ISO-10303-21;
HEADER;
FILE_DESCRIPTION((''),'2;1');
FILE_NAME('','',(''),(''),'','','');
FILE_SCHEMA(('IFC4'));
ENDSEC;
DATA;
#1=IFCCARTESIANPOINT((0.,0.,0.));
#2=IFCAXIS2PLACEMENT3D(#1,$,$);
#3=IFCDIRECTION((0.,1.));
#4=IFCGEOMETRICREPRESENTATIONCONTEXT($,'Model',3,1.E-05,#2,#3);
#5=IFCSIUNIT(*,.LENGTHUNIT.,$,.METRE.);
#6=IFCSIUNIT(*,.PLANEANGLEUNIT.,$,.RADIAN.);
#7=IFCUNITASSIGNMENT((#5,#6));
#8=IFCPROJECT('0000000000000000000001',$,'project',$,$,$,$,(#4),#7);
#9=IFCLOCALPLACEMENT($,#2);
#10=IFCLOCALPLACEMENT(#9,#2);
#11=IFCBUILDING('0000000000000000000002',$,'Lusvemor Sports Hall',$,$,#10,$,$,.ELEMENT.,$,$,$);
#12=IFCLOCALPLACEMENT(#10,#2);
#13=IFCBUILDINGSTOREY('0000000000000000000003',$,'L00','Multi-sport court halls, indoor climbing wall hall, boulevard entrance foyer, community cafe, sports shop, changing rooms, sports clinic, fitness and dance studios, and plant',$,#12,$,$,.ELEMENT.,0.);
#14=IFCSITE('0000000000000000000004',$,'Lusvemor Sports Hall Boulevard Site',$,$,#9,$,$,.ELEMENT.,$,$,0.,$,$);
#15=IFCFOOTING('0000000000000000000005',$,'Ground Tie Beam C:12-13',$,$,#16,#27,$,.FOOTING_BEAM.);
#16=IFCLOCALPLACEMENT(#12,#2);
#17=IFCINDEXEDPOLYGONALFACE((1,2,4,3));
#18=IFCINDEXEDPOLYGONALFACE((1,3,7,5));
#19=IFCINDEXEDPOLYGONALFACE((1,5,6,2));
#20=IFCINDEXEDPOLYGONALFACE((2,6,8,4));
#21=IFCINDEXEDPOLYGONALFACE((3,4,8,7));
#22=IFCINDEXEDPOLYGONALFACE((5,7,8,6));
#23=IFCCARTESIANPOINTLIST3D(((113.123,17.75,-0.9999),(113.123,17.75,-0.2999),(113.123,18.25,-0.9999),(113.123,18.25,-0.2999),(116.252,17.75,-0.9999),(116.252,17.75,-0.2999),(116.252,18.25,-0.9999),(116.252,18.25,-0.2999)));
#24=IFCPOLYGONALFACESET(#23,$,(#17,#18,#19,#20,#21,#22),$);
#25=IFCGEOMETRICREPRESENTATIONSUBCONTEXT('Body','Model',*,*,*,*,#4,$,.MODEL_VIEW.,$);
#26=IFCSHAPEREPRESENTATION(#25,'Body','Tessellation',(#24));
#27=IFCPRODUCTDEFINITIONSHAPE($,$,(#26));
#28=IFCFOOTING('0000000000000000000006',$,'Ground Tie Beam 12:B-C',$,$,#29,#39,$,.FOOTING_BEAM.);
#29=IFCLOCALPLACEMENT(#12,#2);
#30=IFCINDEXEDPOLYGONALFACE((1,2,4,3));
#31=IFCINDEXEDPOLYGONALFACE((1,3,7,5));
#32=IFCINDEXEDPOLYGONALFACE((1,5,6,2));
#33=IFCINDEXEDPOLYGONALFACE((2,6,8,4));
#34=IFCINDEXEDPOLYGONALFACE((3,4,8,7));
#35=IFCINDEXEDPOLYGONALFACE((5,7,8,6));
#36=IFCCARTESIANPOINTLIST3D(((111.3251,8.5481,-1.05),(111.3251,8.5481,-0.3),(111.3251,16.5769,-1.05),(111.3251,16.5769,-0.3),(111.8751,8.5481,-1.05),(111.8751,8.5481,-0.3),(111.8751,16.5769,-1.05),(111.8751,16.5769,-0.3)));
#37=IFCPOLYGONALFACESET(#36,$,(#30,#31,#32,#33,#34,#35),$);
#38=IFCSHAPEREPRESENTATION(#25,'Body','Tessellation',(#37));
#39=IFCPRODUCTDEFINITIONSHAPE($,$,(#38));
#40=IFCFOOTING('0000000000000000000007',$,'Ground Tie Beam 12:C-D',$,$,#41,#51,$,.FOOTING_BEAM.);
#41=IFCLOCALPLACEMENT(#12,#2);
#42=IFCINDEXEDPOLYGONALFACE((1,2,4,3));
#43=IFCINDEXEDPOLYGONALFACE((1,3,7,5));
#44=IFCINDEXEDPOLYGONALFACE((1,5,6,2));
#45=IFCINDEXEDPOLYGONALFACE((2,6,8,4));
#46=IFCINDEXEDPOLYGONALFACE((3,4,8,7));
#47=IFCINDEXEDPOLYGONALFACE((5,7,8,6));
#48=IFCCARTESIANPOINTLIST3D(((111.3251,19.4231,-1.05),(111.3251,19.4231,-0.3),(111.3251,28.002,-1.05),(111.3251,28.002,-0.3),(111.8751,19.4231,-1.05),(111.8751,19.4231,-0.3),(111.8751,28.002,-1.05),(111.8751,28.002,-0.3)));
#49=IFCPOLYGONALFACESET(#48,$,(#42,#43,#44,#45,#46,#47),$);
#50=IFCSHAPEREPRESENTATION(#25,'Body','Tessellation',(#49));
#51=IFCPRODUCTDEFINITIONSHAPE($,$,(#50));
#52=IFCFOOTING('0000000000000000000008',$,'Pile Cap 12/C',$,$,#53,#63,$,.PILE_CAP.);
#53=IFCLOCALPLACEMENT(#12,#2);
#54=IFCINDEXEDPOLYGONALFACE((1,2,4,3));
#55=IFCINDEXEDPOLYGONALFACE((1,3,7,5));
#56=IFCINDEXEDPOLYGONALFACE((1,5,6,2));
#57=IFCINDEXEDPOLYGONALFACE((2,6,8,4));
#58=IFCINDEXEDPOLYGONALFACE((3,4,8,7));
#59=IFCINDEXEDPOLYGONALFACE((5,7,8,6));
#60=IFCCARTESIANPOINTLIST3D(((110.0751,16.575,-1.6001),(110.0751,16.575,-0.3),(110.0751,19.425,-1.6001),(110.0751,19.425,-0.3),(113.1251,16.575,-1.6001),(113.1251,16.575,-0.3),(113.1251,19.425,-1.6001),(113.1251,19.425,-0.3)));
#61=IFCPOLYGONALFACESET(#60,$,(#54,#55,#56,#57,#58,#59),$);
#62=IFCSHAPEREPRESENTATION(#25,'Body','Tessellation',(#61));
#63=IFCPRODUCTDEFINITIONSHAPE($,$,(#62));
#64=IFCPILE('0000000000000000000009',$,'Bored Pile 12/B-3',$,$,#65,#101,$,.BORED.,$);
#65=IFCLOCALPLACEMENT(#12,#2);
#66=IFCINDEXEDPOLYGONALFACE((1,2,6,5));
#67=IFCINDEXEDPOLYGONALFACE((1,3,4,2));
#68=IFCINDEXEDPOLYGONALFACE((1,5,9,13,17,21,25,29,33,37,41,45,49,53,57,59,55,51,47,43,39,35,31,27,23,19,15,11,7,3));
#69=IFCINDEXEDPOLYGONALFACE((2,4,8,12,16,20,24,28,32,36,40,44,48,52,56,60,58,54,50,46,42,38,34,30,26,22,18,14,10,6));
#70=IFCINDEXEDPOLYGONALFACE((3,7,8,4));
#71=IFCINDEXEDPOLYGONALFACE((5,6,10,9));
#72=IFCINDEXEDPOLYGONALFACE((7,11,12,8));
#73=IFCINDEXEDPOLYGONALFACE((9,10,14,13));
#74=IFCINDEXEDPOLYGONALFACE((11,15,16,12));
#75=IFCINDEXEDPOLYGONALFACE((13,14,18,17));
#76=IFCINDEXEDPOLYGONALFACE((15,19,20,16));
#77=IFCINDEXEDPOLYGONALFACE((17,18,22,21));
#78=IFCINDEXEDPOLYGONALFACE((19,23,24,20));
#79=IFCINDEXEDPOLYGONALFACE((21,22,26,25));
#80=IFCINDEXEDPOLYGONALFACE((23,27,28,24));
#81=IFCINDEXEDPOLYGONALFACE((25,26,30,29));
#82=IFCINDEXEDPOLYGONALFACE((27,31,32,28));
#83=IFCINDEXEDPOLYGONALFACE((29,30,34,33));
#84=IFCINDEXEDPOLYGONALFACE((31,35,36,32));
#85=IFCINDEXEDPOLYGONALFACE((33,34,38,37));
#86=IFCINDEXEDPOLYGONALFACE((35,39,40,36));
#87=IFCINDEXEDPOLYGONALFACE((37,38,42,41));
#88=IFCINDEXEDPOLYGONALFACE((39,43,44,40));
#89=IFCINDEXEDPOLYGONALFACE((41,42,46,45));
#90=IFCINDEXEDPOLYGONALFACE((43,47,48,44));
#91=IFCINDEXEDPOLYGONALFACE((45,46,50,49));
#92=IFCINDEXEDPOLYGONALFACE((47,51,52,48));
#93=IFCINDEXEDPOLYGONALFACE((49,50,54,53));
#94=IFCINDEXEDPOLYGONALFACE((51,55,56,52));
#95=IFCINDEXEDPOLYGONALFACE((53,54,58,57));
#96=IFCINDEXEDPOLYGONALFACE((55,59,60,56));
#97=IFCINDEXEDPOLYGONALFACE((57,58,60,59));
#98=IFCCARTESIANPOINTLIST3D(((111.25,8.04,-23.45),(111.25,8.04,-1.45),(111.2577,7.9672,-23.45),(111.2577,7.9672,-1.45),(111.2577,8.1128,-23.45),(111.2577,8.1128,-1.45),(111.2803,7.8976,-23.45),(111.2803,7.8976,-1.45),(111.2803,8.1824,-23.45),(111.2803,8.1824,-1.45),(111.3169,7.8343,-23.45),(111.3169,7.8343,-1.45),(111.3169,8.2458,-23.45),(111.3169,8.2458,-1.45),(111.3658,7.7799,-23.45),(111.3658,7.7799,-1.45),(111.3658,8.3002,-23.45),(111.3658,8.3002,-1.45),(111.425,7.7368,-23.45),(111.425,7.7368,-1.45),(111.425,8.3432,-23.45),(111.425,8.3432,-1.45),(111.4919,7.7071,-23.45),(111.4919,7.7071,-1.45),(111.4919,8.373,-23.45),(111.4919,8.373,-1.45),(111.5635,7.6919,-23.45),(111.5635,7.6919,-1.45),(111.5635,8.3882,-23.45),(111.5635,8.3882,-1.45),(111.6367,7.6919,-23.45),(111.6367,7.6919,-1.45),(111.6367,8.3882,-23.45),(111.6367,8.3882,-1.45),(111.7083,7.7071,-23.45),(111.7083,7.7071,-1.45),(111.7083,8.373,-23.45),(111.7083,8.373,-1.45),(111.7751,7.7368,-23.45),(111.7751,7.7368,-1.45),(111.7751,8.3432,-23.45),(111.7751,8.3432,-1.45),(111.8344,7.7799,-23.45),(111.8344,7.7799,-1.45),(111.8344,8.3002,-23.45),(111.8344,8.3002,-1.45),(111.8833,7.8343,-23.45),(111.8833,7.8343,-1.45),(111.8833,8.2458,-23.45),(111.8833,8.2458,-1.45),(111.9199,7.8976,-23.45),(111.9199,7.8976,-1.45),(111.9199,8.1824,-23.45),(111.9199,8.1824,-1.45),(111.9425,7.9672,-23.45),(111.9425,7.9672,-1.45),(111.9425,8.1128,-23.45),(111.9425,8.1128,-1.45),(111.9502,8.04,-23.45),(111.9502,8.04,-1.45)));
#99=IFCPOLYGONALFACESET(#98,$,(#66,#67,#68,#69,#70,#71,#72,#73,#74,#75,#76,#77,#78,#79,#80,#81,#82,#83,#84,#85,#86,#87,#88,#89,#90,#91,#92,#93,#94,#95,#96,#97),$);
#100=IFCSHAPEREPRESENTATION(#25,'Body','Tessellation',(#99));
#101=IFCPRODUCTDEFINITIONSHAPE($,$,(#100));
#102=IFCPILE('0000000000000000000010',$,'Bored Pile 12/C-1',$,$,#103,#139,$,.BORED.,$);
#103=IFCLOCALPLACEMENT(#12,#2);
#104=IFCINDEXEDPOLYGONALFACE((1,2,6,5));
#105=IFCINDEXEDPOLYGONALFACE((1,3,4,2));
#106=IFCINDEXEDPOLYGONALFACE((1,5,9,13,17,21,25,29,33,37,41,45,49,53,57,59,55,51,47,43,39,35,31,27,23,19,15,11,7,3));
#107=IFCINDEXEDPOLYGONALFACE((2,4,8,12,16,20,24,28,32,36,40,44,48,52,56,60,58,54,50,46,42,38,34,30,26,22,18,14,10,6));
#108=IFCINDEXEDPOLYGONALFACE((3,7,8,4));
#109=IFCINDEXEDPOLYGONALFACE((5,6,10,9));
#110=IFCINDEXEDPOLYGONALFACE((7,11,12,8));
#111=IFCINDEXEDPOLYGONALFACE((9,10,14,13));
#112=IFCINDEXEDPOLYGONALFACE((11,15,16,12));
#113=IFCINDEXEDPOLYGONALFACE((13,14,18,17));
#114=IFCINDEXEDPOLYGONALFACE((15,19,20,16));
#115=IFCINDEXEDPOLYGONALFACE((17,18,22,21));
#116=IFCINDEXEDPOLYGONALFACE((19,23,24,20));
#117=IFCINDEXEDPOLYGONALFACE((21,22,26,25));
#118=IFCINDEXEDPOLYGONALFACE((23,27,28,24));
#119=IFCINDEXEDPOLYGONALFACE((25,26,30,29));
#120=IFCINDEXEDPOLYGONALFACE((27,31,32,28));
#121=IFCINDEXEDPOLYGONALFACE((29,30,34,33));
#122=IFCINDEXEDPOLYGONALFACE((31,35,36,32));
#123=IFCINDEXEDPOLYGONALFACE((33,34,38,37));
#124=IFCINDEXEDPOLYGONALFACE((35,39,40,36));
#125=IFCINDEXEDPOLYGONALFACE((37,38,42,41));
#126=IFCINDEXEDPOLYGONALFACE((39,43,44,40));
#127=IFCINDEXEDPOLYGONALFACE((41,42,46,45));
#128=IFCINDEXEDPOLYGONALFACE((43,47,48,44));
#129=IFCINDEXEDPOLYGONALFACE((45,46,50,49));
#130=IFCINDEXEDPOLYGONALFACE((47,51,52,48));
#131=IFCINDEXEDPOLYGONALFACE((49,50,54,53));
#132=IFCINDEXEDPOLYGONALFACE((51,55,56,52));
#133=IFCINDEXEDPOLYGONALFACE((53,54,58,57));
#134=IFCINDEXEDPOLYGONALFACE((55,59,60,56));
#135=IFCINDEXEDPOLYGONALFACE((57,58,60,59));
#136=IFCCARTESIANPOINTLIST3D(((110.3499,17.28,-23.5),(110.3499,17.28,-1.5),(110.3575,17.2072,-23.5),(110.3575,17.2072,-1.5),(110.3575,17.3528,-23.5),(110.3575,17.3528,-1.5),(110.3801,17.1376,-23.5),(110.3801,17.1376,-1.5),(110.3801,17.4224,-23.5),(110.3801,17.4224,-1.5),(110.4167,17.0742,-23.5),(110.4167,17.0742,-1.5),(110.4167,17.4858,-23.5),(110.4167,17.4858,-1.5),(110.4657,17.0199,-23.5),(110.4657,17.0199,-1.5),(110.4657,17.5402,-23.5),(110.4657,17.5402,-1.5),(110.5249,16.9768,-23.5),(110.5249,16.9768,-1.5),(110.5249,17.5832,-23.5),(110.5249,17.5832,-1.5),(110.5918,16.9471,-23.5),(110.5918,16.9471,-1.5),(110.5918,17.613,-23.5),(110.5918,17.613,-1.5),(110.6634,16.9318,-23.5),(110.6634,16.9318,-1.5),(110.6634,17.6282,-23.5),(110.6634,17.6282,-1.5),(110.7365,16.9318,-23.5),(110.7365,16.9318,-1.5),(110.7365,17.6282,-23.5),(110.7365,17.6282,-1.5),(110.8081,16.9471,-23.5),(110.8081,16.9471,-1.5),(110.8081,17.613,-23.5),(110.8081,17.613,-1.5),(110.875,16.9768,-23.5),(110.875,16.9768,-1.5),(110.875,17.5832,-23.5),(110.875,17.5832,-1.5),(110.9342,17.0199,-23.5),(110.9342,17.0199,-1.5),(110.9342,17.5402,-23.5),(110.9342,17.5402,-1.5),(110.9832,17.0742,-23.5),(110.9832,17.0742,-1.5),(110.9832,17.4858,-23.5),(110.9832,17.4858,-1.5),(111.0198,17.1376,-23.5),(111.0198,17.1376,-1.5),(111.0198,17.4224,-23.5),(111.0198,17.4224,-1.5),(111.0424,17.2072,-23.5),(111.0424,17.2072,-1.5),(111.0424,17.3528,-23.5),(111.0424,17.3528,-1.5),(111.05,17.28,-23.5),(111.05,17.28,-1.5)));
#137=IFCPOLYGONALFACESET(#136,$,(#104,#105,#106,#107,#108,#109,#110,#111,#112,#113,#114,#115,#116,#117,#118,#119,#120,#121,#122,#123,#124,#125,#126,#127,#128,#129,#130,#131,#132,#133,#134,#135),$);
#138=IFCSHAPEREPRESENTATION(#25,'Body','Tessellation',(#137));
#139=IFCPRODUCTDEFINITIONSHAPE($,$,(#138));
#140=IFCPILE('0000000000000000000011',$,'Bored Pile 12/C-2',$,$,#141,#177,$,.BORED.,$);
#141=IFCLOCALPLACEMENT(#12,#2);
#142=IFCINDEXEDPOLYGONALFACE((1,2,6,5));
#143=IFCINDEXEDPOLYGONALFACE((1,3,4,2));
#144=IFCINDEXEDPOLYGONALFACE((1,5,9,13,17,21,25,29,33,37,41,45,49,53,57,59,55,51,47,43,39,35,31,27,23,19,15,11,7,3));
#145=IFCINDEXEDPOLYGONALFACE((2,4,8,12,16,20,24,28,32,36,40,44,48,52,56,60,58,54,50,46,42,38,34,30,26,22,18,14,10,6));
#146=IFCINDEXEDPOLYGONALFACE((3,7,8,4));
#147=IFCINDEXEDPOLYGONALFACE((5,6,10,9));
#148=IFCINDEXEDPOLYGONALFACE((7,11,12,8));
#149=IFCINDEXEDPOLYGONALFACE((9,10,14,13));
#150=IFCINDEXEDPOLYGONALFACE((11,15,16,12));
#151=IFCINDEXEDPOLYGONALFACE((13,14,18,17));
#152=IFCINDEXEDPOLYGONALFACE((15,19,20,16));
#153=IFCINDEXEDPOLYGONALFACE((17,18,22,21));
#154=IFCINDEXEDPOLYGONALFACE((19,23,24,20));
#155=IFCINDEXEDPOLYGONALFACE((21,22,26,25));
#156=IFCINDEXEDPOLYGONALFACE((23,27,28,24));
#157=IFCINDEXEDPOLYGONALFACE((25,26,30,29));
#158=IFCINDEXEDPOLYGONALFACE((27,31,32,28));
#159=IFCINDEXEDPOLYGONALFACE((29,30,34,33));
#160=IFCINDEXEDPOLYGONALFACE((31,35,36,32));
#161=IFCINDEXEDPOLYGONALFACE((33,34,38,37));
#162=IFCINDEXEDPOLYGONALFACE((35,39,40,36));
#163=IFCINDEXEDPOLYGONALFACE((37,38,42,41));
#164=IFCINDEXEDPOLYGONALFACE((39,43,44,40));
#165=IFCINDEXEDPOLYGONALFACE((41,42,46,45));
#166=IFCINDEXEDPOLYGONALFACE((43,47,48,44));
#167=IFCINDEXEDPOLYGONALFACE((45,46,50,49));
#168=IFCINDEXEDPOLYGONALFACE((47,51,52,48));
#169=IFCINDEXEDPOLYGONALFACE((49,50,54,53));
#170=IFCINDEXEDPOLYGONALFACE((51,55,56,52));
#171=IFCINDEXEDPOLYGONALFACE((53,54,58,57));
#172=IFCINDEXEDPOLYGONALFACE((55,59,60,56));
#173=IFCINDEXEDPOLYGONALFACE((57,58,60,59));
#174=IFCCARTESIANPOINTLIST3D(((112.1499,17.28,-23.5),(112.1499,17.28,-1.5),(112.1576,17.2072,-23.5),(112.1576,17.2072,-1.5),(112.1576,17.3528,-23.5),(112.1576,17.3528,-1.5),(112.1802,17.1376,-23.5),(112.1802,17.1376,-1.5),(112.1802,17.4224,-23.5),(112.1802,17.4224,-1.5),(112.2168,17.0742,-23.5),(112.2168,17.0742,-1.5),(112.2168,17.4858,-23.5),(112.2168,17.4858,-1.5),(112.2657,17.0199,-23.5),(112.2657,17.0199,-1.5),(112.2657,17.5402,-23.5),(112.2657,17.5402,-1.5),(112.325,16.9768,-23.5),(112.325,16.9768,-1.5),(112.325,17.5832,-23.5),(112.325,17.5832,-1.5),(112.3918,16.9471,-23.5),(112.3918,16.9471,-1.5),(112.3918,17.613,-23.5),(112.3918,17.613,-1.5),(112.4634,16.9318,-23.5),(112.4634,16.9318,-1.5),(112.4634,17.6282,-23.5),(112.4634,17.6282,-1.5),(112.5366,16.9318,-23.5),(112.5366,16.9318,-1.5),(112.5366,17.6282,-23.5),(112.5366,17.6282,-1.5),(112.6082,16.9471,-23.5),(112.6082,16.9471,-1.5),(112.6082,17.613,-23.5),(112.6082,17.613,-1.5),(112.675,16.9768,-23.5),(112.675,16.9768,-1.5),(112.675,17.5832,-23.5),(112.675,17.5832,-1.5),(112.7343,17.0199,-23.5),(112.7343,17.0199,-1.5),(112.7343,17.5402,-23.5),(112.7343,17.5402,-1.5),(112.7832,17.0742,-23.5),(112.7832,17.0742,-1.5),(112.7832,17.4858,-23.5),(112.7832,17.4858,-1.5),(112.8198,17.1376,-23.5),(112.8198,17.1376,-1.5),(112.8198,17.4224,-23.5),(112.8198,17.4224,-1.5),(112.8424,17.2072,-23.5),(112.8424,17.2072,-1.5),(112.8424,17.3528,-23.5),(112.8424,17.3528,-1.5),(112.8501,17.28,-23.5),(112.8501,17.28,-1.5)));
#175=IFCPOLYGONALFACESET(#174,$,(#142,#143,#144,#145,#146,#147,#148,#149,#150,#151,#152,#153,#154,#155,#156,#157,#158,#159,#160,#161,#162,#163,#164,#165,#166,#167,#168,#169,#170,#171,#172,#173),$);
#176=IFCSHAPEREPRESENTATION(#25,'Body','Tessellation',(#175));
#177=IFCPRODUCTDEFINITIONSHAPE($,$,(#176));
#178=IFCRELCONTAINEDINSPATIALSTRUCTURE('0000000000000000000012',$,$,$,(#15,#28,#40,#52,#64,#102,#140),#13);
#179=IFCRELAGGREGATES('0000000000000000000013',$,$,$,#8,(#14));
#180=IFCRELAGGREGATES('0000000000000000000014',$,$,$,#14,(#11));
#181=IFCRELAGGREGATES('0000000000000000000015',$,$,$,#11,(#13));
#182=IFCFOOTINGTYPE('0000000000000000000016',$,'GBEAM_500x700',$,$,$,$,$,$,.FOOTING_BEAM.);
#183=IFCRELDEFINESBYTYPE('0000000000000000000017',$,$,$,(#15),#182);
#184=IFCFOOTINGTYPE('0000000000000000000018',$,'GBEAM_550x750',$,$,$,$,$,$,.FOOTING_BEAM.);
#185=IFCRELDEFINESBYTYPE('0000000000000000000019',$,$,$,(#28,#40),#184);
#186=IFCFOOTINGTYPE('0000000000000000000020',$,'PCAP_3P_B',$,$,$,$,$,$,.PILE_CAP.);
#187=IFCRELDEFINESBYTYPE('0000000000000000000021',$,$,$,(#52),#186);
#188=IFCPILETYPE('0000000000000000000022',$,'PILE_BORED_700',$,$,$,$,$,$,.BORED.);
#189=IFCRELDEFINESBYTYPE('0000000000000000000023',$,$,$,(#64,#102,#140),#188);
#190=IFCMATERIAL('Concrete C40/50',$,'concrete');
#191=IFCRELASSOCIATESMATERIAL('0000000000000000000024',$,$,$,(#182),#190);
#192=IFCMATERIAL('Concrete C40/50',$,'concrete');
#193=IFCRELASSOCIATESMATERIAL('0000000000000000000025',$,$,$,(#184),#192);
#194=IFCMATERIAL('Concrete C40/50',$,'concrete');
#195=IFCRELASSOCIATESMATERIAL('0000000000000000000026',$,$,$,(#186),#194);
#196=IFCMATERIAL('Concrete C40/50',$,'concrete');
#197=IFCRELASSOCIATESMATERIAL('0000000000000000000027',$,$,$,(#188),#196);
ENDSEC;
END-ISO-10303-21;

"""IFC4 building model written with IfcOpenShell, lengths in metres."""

from ifc_helpers import new_model, si_unit, direction, frame, origin, origin_2d, place, context, subcontext, project, spatial, rectangle, circle, extrude, material, material_profile, profile_set, type_object, element, save


model = new_model("IFC4")

# Units and contexts
model_context = context("Model", 3, precision=1e-05, world=origin(), true_north=direction((0.0, 1.0)))
body_context = subcontext(model_context, "Body", "Model", "MODEL_VIEW")
ifc_project = project(units=[si_unit("LENGTHUNIT", "METRE"), si_unit("PLANEANGLEUNIT", "RADIAN")], contexts=[model_context])

# Site, building, storey
site_placement = place(None, origin())
site = spatial("IfcSite", under=ifc_project, at=site_placement, Name="Lusvemor Sports Hall Boulevard Site", CompositionType="ELEMENT", RefElevation=0.0)
building_placement = place(site_placement, origin())
building = spatial("IfcBuilding", under=site, at=building_placement, Name="Lusvemor Sports Hall", CompositionType="ELEMENT")
storey_placement = place(building_placement, origin())
storey = spatial("IfcBuildingStorey", under=building, at=storey_placement, Name="L00", Description="Multi-sport court halls, indoor climbing wall hall, boulevard entrance foyer, community cafe, sports shop, changing rooms, sports clinic, fitness and dance studios, and plant", CompositionType="ELEMENT", Elevation=0.0)

# Footings
ifc_material_1 = material(Name="Concrete C40/50", Category="concrete")
ifc_material_profile_1 = material_profile(ifc_material_1, rectangle(XDim=0.5, YDim=0.7, at=origin_2d()), Name="GB_500x700")
ifc_profile_set_1 = profile_set([ifc_material_profile_1], Name="Concrete C40/50")
footing_type_1 = type_object("IfcFootingType", Name="GBEAM_500x700", PredefinedType="FOOTING_BEAM", material=ifc_profile_set_1)
footing_1_placement = place(storey_placement, frame((113.123, 18.0, -0.6499), z_axis=(1.0, 0.0, 0.0), x_axis=(0.0, 1.0, 0.0)))
element("IfcFooting", 1, at=footing_1_placement, inside=storey, type_object=footing_type_1, Name="Ground Tie Beam C:12-13", PredefinedType="FOOTING_BEAM", context=body_context, shape_type="SweptSolid", body=[
    extrude(rectangle(XDim=0.5, YDim=0.7, at=origin_2d()), origin(), (0.0, 0.0, 1.0), 3.1289),
])
ifc_material_2 = material(Name="Concrete C40/50", Category="concrete")
ifc_material_profile_2 = material_profile(ifc_material_2, rectangle(XDim=0.55, YDim=0.75, at=origin_2d()), Name="GB_550x750")
ifc_profile_set_2 = profile_set([ifc_material_profile_2], Name="Concrete C40/50")
footing_type_2 = type_object("IfcFootingType", Name="GBEAM_550x750", PredefinedType="FOOTING_BEAM", material=ifc_profile_set_2)
footing_2_placement = place(storey_placement, frame((111.6001, 8.5481, -0.675), z_axis=(0.0, 1.0, 0.0), x_axis=(-1.0, 0.0, 0.0)))
element("IfcFooting", 2, at=footing_2_placement, inside=storey, type_object=footing_type_2, Name="Ground Tie Beam 12:B-C", PredefinedType="FOOTING_BEAM", context=body_context, shape_type="SweptSolid", body=[
    extrude(rectangle(XDim=0.55, YDim=0.75, at=origin_2d()), origin(), (0.0, 0.0, 1.0), 8.0288),
])
footing_3_placement = place(storey_placement, frame((111.6001, 19.4231, -0.675), z_axis=(0.0, 1.0, 0.0), x_axis=(-1.0, 0.0, 0.0)))
element("IfcFooting", 3, at=footing_3_placement, inside=storey, type_object=footing_type_2, Name="Ground Tie Beam 12:C-D", PredefinedType="FOOTING_BEAM", context=body_context, shape_type="SweptSolid", body=[
    extrude(rectangle(XDim=0.55, YDim=0.75, at=origin_2d()), origin(), (0.0, 0.0, 1.0), 8.5789),
])
ifc_material_3 = material(Name="Concrete C40/50", Category="concrete")
footing_type_3 = type_object("IfcFootingType", Name="PCAP_3P_B", PredefinedType="PILE_CAP", material=ifc_material_3)
footing_4_placement = place(storey_placement, frame((111.6001, 18.0, -1.6001), z_axis=(0.0, 0.0, 1.0), x_axis=(1.0, 0.0, 0.0)))
element("IfcFooting", 4, at=footing_4_placement, inside=storey, type_object=footing_type_3, Name="Pile Cap 12/C", PredefinedType="PILE_CAP", context=body_context, shape_type="SweptSolid", body=[
    extrude(rectangle(XDim=3.05, YDim=2.8501, at=origin_2d()), origin(), (0.0, 0.0, 1.0), 1.3),
])

# Piles
ifc_material_4 = material(Name="Concrete C40/50", Category="concrete")
ifc_material_profile_3 = material_profile(ifc_material_4, circle(Radius=0.3501, at=origin_2d()), Name="PILE700")
ifc_profile_set_3 = profile_set([ifc_material_profile_3], Name="Concrete C40/50")
pile_type = type_object("IfcPileType", Name="PILE_BORED_700", PredefinedType="BORED", material=ifc_profile_set_3)
for number, where, z_axis, x_axis, name in (
    (5, (111.6001, 8.04, -1.45), (0.0, 0.0, -1.0), (1.0, 0.0, 0.0), "Bored Pile 12/B-3"),
    (6, (110.7, 17.28, -1.5), (0.0, 0.0, -1.0), (1.0, 0.0, 0.0), "Bored Pile 12/C-1"),
    (7, (112.5, 17.28, -1.5), (0.0, 0.0, -1.0), (1.0, 0.0, 0.0), "Bored Pile 12/C-2"),
):
    element("IfcPile", number, at=place(storey_placement, frame(where, z_axis=z_axis, x_axis=x_axis)), inside=storey, type_object=pile_type, Name=name, PredefinedType="BORED", context=body_context, shape_type="SweptSolid", body=[
        extrude(circle(Radius=0.3501, at=origin_2d()), origin(), (0.0, 0.0, 1.0), 22.0),
    ])

save(model, "model.ifc")
